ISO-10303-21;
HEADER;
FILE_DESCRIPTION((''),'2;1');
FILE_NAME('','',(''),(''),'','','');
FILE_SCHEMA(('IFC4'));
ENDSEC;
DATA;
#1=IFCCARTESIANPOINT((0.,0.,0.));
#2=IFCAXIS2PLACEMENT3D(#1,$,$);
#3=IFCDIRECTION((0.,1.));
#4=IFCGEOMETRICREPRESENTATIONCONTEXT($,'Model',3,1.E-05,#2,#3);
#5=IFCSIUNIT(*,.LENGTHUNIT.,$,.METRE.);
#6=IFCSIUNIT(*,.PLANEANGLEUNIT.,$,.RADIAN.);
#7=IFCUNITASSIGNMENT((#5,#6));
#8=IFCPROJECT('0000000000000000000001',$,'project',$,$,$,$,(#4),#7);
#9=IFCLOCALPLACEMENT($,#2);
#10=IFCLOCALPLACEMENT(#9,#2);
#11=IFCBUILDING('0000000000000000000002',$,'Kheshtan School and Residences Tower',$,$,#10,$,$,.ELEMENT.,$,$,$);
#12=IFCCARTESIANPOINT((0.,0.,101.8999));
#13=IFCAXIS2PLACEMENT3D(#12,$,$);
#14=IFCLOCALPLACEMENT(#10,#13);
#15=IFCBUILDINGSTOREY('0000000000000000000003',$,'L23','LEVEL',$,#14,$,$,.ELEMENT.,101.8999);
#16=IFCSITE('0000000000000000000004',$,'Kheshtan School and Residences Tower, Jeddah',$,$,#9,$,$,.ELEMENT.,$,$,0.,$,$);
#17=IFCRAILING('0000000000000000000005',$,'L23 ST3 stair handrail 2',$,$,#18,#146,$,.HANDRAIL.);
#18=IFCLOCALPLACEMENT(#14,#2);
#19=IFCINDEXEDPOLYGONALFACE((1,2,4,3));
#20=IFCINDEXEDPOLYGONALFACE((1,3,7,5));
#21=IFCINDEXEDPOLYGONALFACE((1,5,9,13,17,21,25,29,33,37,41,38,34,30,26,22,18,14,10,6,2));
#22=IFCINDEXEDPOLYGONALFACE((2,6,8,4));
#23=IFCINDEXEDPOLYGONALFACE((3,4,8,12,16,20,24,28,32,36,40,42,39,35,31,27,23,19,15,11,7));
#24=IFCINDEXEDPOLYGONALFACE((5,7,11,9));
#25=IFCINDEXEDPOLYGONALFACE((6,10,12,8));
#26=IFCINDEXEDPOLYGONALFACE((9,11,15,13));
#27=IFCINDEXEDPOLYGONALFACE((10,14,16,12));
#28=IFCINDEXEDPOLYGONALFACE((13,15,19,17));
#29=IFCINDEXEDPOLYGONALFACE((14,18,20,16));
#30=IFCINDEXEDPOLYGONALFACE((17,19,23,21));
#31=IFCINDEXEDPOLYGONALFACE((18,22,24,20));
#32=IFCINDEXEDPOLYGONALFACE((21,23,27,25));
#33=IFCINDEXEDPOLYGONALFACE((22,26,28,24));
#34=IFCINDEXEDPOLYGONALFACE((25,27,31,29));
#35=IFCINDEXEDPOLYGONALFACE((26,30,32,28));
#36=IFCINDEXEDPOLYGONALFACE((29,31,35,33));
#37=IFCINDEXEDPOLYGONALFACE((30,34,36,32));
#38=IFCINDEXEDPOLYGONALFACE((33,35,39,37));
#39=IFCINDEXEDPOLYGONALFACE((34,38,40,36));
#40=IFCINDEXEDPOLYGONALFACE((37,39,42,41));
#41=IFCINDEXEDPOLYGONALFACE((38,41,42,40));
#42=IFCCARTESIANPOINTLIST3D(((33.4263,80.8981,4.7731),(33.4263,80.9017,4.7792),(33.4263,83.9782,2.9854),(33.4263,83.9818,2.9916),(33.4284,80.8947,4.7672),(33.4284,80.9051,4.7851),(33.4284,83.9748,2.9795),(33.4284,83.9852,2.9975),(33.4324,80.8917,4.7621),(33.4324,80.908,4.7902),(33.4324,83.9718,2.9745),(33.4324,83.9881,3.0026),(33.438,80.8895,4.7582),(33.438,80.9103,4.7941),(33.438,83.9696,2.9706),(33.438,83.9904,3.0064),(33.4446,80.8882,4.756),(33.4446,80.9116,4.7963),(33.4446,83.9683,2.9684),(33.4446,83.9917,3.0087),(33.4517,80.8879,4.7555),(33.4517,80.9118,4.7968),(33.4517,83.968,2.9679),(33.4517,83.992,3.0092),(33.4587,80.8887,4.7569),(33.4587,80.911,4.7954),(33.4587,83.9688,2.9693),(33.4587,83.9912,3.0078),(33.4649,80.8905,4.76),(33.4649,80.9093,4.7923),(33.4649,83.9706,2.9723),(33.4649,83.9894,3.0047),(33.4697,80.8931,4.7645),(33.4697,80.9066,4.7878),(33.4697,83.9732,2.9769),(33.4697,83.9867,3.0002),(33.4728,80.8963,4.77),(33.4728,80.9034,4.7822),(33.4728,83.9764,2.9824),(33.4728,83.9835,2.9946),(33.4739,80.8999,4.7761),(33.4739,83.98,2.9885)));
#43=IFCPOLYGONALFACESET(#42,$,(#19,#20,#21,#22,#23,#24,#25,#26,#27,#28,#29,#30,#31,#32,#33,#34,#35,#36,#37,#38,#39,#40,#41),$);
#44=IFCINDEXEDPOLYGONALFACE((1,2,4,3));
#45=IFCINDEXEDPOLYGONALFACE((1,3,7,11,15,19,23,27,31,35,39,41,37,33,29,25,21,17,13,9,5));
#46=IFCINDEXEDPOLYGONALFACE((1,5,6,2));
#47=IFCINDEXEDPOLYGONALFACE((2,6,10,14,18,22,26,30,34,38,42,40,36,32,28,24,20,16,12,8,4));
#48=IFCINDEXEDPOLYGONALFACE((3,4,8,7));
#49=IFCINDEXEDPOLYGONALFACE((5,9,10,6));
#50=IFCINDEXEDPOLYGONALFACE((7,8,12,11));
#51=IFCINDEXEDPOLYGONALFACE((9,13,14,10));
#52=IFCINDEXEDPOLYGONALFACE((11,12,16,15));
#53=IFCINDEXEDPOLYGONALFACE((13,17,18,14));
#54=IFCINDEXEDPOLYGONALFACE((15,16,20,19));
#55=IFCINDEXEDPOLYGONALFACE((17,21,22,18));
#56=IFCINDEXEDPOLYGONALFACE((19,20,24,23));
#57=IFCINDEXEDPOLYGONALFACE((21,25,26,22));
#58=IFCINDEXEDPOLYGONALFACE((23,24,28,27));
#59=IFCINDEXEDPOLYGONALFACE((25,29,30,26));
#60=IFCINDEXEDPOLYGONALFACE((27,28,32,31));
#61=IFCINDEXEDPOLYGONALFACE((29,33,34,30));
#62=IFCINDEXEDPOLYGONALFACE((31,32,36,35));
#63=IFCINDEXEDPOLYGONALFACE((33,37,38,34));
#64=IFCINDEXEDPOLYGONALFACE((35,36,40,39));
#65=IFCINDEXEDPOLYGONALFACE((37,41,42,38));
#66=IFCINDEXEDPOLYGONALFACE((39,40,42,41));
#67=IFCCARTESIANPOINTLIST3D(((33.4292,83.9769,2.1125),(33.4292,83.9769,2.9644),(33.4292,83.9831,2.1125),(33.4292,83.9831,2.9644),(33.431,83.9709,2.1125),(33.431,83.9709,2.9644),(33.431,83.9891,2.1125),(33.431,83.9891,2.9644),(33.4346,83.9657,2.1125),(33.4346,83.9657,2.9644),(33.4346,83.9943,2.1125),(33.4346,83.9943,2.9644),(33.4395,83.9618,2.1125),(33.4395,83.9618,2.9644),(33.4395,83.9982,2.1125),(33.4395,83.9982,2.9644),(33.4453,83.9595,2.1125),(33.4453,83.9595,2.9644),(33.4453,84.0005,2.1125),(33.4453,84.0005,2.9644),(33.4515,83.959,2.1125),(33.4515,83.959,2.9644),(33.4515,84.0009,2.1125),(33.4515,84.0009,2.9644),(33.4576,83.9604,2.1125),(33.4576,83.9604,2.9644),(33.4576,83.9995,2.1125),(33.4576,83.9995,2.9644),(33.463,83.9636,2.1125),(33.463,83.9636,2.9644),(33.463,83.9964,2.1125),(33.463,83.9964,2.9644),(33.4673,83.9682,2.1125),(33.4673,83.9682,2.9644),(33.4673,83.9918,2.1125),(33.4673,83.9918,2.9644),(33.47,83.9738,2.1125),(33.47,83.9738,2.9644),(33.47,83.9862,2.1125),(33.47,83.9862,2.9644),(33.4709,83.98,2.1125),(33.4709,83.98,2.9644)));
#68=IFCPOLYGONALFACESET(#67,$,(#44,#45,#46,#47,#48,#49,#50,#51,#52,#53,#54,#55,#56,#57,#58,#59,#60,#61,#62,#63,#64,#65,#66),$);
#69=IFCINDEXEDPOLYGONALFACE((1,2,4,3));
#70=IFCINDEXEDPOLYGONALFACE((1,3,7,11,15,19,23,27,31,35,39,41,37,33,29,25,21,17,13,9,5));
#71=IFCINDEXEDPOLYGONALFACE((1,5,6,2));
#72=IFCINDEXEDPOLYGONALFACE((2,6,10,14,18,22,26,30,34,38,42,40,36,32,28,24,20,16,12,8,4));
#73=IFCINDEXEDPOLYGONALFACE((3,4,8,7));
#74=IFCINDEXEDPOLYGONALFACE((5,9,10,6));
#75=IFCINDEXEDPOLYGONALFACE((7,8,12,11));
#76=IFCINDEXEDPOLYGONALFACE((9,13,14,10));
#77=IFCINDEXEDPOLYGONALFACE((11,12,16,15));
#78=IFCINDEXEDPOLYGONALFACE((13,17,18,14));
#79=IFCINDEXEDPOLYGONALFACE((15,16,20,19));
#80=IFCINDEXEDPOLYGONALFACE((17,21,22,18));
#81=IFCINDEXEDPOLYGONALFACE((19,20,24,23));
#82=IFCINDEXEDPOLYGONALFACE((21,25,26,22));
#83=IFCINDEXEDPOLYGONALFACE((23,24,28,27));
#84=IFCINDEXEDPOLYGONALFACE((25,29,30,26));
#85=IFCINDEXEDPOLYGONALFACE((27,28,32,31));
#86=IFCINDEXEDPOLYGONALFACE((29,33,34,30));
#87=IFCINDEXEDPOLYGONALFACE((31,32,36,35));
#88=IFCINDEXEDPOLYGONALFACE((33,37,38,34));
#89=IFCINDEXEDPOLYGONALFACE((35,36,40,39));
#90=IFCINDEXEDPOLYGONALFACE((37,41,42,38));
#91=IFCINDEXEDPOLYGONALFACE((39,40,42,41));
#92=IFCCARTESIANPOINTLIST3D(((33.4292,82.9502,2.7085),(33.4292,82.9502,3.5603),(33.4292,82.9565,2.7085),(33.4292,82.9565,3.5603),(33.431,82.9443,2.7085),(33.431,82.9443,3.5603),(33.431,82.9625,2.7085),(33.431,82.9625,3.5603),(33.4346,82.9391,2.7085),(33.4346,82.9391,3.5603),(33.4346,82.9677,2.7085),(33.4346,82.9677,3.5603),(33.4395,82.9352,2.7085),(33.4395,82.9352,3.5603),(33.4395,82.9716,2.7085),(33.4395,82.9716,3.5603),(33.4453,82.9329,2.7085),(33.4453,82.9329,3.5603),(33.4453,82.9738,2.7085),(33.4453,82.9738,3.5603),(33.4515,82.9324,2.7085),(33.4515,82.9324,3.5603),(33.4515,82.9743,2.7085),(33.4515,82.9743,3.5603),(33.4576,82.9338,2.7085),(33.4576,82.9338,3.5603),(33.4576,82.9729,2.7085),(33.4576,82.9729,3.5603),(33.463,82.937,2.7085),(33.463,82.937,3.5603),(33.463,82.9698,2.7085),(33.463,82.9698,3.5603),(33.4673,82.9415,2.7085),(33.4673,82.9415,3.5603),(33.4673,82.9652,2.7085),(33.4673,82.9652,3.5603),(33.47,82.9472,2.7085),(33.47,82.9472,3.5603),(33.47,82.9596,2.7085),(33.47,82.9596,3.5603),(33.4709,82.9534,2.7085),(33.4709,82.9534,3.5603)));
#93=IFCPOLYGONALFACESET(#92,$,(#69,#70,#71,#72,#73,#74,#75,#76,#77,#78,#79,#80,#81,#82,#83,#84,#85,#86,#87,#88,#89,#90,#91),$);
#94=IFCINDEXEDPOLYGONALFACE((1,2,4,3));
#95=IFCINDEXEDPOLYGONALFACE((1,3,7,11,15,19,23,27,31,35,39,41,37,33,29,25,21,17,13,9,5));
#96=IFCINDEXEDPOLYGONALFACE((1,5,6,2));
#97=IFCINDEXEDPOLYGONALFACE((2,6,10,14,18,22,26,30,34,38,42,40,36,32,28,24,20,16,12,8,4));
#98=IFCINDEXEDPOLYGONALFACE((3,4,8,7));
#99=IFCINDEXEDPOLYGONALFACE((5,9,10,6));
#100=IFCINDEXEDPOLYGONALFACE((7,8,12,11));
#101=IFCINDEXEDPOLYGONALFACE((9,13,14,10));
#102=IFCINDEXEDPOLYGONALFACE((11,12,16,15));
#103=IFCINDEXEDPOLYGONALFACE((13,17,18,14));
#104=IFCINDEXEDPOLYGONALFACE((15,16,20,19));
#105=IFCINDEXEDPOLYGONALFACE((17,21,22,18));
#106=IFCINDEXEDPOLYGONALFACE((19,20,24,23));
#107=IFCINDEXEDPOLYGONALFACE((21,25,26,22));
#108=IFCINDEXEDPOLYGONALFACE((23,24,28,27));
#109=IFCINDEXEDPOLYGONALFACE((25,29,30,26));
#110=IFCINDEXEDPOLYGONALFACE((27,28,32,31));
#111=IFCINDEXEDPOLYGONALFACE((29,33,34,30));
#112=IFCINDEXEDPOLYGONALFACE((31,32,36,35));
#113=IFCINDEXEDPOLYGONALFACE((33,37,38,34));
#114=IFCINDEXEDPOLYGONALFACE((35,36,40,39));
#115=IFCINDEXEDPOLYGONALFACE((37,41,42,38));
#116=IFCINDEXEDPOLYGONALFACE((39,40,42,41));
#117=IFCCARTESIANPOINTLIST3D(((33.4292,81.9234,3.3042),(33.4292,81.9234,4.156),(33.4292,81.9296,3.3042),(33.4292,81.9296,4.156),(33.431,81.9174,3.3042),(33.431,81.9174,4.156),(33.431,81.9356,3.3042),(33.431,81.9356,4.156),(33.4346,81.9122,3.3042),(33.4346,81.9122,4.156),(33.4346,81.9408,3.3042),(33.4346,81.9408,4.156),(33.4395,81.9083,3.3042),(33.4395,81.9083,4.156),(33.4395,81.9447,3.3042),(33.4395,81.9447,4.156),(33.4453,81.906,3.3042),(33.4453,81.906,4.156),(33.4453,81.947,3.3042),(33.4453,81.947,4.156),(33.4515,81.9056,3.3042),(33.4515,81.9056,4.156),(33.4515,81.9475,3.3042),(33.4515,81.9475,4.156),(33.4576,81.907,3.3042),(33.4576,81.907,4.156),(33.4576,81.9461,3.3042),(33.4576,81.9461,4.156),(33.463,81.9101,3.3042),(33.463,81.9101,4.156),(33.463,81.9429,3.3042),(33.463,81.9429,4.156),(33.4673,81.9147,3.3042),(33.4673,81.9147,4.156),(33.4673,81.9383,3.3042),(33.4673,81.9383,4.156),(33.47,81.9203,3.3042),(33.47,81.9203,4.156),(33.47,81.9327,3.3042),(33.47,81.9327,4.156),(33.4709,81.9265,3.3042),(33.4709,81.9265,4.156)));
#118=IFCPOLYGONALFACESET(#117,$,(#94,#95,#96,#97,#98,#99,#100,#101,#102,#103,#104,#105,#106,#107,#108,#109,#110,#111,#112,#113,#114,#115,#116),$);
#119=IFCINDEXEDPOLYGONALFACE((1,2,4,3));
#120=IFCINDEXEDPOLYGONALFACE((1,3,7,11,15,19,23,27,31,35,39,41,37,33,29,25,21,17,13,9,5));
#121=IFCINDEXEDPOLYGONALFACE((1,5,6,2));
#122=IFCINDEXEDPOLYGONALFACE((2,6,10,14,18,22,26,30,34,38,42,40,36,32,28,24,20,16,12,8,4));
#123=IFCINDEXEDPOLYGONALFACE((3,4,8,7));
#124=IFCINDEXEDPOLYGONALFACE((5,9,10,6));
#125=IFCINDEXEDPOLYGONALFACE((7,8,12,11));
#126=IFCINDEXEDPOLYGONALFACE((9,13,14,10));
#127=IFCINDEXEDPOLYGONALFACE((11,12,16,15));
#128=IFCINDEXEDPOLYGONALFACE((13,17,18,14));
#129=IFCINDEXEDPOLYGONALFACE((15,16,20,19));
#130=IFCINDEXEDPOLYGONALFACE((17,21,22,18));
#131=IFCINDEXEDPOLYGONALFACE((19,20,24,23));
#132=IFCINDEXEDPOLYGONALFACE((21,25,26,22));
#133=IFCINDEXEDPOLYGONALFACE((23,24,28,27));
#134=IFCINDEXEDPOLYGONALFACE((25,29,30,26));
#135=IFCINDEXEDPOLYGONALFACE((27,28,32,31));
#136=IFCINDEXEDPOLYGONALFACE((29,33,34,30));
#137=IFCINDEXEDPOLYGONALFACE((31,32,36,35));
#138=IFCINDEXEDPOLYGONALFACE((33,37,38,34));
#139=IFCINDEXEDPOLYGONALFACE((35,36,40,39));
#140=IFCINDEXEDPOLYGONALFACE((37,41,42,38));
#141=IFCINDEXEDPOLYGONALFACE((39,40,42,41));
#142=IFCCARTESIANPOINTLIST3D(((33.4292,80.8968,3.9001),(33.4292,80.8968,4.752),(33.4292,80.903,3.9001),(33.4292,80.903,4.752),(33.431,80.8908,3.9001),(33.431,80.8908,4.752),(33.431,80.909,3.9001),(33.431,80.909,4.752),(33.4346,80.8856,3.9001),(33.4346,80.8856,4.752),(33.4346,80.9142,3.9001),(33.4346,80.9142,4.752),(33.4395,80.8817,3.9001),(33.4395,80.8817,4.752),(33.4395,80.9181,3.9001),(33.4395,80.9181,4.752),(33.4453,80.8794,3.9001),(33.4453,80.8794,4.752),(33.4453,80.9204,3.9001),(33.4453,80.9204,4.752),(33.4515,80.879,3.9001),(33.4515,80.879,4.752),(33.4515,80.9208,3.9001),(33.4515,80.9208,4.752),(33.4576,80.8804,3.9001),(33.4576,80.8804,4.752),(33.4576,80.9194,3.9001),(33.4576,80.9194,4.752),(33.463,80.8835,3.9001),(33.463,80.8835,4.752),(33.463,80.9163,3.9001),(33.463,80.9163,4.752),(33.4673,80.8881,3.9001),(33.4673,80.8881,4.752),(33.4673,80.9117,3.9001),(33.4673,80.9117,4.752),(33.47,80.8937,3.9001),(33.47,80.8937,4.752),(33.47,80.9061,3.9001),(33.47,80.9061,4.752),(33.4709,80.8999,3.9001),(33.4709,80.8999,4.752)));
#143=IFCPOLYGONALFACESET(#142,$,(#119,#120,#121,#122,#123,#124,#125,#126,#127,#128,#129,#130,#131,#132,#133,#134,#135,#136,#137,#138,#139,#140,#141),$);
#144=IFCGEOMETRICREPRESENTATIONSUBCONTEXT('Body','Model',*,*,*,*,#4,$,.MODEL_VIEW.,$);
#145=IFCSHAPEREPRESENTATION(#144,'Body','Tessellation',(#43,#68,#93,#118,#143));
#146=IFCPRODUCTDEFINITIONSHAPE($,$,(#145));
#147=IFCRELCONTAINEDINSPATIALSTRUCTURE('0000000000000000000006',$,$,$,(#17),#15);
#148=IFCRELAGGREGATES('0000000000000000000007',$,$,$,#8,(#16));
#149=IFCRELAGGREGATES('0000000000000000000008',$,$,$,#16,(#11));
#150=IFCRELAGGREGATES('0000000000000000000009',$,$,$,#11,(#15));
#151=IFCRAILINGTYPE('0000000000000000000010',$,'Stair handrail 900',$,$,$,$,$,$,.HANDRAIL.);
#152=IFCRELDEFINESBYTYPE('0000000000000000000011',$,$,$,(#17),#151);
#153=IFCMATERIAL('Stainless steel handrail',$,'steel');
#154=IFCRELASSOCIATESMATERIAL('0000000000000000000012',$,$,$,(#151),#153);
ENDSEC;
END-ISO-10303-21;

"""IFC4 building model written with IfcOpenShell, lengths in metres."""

from ifc_helpers import new_model, si_unit, direction, frame, origin, origin_2d, place, context, subcontext, project, spatial, circle, extrude, material, type_object, element, save


model = new_model("IFC4")

# Units and contexts
model_context = context("Model", 3, precision=1e-05, world=origin(), true_north=direction((0.0, 1.0)))
body_context = subcontext(model_context, "Body", "Model", "MODEL_VIEW")
ifc_project = project(units=[si_unit("LENGTHUNIT", "METRE"), si_unit("PLANEANGLEUNIT", "RADIAN")], contexts=[model_context])

# Site, building, storey
site_placement = place(None, origin())
site = spatial("IfcSite", under=ifc_project, at=site_placement, Name="Kheshtan School and Residences Tower, Jeddah", CompositionType="ELEMENT", RefElevation=0.0)
building_placement = place(site_placement, origin())
building = spatial("IfcBuilding", under=site, at=building_placement, Name="Kheshtan School and Residences Tower", CompositionType="ELEMENT")
storey_placement = place(building_placement, frame((0.0, 0.0, 101.8999)))
storey = spatial("IfcBuildingStorey", under=building, at=storey_placement, Name="L23", Description="LEVEL", CompositionType="ELEMENT", Elevation=101.8999)

# Railing
ifc_material_1 = material(Name="Stainless steel handrail", Category="steel")
railing_type_1 = type_object("IfcRailingType", Name="Stair handrail 900", PredefinedType="HANDRAIL", material=ifc_material_1)
railing_1_placement = place(storey_placement, frame((33.45, 83.98, 2.1125)))
element("IfcRailing", 1, at=railing_1_placement, inside=storey, type_object=railing_type_1, Name="L23 ST3 stair handrail 2", PredefinedType="HANDRAIL", context=body_context, shape_type="SweptSolid", body=[
    extrude(circle(Radius=0.0239, at=origin_2d()), frame((0.0, 0.0, 0.876), z_axis=(0.0, -0.864891, 0.50196), x_axis=(1.0, 0.0, 0.0)), (0.0, 0.0, 1.0), 3.5613),
    extrude(circle(Radius=0.021, at=origin_2d()), origin(), (0.0, 0.0, 1.0), 0.8518),
    extrude(circle(Radius=0.021, at=origin_2d()), frame((0.0, -1.0266, 0.5959)), (0.0, 0.0, 1.0), 0.8518),
    extrude(circle(Radius=0.021, at=origin_2d()), frame((0.0, -2.0535, 1.1917)), (0.0, 0.0, 1.0), 0.8518),
    extrude(circle(Radius=0.021, at=origin_2d()), frame((0.0, -3.0801, 1.7876)), (0.0, 0.0, 1.0), 0.8518),
])

save(model, "model.ifc")
